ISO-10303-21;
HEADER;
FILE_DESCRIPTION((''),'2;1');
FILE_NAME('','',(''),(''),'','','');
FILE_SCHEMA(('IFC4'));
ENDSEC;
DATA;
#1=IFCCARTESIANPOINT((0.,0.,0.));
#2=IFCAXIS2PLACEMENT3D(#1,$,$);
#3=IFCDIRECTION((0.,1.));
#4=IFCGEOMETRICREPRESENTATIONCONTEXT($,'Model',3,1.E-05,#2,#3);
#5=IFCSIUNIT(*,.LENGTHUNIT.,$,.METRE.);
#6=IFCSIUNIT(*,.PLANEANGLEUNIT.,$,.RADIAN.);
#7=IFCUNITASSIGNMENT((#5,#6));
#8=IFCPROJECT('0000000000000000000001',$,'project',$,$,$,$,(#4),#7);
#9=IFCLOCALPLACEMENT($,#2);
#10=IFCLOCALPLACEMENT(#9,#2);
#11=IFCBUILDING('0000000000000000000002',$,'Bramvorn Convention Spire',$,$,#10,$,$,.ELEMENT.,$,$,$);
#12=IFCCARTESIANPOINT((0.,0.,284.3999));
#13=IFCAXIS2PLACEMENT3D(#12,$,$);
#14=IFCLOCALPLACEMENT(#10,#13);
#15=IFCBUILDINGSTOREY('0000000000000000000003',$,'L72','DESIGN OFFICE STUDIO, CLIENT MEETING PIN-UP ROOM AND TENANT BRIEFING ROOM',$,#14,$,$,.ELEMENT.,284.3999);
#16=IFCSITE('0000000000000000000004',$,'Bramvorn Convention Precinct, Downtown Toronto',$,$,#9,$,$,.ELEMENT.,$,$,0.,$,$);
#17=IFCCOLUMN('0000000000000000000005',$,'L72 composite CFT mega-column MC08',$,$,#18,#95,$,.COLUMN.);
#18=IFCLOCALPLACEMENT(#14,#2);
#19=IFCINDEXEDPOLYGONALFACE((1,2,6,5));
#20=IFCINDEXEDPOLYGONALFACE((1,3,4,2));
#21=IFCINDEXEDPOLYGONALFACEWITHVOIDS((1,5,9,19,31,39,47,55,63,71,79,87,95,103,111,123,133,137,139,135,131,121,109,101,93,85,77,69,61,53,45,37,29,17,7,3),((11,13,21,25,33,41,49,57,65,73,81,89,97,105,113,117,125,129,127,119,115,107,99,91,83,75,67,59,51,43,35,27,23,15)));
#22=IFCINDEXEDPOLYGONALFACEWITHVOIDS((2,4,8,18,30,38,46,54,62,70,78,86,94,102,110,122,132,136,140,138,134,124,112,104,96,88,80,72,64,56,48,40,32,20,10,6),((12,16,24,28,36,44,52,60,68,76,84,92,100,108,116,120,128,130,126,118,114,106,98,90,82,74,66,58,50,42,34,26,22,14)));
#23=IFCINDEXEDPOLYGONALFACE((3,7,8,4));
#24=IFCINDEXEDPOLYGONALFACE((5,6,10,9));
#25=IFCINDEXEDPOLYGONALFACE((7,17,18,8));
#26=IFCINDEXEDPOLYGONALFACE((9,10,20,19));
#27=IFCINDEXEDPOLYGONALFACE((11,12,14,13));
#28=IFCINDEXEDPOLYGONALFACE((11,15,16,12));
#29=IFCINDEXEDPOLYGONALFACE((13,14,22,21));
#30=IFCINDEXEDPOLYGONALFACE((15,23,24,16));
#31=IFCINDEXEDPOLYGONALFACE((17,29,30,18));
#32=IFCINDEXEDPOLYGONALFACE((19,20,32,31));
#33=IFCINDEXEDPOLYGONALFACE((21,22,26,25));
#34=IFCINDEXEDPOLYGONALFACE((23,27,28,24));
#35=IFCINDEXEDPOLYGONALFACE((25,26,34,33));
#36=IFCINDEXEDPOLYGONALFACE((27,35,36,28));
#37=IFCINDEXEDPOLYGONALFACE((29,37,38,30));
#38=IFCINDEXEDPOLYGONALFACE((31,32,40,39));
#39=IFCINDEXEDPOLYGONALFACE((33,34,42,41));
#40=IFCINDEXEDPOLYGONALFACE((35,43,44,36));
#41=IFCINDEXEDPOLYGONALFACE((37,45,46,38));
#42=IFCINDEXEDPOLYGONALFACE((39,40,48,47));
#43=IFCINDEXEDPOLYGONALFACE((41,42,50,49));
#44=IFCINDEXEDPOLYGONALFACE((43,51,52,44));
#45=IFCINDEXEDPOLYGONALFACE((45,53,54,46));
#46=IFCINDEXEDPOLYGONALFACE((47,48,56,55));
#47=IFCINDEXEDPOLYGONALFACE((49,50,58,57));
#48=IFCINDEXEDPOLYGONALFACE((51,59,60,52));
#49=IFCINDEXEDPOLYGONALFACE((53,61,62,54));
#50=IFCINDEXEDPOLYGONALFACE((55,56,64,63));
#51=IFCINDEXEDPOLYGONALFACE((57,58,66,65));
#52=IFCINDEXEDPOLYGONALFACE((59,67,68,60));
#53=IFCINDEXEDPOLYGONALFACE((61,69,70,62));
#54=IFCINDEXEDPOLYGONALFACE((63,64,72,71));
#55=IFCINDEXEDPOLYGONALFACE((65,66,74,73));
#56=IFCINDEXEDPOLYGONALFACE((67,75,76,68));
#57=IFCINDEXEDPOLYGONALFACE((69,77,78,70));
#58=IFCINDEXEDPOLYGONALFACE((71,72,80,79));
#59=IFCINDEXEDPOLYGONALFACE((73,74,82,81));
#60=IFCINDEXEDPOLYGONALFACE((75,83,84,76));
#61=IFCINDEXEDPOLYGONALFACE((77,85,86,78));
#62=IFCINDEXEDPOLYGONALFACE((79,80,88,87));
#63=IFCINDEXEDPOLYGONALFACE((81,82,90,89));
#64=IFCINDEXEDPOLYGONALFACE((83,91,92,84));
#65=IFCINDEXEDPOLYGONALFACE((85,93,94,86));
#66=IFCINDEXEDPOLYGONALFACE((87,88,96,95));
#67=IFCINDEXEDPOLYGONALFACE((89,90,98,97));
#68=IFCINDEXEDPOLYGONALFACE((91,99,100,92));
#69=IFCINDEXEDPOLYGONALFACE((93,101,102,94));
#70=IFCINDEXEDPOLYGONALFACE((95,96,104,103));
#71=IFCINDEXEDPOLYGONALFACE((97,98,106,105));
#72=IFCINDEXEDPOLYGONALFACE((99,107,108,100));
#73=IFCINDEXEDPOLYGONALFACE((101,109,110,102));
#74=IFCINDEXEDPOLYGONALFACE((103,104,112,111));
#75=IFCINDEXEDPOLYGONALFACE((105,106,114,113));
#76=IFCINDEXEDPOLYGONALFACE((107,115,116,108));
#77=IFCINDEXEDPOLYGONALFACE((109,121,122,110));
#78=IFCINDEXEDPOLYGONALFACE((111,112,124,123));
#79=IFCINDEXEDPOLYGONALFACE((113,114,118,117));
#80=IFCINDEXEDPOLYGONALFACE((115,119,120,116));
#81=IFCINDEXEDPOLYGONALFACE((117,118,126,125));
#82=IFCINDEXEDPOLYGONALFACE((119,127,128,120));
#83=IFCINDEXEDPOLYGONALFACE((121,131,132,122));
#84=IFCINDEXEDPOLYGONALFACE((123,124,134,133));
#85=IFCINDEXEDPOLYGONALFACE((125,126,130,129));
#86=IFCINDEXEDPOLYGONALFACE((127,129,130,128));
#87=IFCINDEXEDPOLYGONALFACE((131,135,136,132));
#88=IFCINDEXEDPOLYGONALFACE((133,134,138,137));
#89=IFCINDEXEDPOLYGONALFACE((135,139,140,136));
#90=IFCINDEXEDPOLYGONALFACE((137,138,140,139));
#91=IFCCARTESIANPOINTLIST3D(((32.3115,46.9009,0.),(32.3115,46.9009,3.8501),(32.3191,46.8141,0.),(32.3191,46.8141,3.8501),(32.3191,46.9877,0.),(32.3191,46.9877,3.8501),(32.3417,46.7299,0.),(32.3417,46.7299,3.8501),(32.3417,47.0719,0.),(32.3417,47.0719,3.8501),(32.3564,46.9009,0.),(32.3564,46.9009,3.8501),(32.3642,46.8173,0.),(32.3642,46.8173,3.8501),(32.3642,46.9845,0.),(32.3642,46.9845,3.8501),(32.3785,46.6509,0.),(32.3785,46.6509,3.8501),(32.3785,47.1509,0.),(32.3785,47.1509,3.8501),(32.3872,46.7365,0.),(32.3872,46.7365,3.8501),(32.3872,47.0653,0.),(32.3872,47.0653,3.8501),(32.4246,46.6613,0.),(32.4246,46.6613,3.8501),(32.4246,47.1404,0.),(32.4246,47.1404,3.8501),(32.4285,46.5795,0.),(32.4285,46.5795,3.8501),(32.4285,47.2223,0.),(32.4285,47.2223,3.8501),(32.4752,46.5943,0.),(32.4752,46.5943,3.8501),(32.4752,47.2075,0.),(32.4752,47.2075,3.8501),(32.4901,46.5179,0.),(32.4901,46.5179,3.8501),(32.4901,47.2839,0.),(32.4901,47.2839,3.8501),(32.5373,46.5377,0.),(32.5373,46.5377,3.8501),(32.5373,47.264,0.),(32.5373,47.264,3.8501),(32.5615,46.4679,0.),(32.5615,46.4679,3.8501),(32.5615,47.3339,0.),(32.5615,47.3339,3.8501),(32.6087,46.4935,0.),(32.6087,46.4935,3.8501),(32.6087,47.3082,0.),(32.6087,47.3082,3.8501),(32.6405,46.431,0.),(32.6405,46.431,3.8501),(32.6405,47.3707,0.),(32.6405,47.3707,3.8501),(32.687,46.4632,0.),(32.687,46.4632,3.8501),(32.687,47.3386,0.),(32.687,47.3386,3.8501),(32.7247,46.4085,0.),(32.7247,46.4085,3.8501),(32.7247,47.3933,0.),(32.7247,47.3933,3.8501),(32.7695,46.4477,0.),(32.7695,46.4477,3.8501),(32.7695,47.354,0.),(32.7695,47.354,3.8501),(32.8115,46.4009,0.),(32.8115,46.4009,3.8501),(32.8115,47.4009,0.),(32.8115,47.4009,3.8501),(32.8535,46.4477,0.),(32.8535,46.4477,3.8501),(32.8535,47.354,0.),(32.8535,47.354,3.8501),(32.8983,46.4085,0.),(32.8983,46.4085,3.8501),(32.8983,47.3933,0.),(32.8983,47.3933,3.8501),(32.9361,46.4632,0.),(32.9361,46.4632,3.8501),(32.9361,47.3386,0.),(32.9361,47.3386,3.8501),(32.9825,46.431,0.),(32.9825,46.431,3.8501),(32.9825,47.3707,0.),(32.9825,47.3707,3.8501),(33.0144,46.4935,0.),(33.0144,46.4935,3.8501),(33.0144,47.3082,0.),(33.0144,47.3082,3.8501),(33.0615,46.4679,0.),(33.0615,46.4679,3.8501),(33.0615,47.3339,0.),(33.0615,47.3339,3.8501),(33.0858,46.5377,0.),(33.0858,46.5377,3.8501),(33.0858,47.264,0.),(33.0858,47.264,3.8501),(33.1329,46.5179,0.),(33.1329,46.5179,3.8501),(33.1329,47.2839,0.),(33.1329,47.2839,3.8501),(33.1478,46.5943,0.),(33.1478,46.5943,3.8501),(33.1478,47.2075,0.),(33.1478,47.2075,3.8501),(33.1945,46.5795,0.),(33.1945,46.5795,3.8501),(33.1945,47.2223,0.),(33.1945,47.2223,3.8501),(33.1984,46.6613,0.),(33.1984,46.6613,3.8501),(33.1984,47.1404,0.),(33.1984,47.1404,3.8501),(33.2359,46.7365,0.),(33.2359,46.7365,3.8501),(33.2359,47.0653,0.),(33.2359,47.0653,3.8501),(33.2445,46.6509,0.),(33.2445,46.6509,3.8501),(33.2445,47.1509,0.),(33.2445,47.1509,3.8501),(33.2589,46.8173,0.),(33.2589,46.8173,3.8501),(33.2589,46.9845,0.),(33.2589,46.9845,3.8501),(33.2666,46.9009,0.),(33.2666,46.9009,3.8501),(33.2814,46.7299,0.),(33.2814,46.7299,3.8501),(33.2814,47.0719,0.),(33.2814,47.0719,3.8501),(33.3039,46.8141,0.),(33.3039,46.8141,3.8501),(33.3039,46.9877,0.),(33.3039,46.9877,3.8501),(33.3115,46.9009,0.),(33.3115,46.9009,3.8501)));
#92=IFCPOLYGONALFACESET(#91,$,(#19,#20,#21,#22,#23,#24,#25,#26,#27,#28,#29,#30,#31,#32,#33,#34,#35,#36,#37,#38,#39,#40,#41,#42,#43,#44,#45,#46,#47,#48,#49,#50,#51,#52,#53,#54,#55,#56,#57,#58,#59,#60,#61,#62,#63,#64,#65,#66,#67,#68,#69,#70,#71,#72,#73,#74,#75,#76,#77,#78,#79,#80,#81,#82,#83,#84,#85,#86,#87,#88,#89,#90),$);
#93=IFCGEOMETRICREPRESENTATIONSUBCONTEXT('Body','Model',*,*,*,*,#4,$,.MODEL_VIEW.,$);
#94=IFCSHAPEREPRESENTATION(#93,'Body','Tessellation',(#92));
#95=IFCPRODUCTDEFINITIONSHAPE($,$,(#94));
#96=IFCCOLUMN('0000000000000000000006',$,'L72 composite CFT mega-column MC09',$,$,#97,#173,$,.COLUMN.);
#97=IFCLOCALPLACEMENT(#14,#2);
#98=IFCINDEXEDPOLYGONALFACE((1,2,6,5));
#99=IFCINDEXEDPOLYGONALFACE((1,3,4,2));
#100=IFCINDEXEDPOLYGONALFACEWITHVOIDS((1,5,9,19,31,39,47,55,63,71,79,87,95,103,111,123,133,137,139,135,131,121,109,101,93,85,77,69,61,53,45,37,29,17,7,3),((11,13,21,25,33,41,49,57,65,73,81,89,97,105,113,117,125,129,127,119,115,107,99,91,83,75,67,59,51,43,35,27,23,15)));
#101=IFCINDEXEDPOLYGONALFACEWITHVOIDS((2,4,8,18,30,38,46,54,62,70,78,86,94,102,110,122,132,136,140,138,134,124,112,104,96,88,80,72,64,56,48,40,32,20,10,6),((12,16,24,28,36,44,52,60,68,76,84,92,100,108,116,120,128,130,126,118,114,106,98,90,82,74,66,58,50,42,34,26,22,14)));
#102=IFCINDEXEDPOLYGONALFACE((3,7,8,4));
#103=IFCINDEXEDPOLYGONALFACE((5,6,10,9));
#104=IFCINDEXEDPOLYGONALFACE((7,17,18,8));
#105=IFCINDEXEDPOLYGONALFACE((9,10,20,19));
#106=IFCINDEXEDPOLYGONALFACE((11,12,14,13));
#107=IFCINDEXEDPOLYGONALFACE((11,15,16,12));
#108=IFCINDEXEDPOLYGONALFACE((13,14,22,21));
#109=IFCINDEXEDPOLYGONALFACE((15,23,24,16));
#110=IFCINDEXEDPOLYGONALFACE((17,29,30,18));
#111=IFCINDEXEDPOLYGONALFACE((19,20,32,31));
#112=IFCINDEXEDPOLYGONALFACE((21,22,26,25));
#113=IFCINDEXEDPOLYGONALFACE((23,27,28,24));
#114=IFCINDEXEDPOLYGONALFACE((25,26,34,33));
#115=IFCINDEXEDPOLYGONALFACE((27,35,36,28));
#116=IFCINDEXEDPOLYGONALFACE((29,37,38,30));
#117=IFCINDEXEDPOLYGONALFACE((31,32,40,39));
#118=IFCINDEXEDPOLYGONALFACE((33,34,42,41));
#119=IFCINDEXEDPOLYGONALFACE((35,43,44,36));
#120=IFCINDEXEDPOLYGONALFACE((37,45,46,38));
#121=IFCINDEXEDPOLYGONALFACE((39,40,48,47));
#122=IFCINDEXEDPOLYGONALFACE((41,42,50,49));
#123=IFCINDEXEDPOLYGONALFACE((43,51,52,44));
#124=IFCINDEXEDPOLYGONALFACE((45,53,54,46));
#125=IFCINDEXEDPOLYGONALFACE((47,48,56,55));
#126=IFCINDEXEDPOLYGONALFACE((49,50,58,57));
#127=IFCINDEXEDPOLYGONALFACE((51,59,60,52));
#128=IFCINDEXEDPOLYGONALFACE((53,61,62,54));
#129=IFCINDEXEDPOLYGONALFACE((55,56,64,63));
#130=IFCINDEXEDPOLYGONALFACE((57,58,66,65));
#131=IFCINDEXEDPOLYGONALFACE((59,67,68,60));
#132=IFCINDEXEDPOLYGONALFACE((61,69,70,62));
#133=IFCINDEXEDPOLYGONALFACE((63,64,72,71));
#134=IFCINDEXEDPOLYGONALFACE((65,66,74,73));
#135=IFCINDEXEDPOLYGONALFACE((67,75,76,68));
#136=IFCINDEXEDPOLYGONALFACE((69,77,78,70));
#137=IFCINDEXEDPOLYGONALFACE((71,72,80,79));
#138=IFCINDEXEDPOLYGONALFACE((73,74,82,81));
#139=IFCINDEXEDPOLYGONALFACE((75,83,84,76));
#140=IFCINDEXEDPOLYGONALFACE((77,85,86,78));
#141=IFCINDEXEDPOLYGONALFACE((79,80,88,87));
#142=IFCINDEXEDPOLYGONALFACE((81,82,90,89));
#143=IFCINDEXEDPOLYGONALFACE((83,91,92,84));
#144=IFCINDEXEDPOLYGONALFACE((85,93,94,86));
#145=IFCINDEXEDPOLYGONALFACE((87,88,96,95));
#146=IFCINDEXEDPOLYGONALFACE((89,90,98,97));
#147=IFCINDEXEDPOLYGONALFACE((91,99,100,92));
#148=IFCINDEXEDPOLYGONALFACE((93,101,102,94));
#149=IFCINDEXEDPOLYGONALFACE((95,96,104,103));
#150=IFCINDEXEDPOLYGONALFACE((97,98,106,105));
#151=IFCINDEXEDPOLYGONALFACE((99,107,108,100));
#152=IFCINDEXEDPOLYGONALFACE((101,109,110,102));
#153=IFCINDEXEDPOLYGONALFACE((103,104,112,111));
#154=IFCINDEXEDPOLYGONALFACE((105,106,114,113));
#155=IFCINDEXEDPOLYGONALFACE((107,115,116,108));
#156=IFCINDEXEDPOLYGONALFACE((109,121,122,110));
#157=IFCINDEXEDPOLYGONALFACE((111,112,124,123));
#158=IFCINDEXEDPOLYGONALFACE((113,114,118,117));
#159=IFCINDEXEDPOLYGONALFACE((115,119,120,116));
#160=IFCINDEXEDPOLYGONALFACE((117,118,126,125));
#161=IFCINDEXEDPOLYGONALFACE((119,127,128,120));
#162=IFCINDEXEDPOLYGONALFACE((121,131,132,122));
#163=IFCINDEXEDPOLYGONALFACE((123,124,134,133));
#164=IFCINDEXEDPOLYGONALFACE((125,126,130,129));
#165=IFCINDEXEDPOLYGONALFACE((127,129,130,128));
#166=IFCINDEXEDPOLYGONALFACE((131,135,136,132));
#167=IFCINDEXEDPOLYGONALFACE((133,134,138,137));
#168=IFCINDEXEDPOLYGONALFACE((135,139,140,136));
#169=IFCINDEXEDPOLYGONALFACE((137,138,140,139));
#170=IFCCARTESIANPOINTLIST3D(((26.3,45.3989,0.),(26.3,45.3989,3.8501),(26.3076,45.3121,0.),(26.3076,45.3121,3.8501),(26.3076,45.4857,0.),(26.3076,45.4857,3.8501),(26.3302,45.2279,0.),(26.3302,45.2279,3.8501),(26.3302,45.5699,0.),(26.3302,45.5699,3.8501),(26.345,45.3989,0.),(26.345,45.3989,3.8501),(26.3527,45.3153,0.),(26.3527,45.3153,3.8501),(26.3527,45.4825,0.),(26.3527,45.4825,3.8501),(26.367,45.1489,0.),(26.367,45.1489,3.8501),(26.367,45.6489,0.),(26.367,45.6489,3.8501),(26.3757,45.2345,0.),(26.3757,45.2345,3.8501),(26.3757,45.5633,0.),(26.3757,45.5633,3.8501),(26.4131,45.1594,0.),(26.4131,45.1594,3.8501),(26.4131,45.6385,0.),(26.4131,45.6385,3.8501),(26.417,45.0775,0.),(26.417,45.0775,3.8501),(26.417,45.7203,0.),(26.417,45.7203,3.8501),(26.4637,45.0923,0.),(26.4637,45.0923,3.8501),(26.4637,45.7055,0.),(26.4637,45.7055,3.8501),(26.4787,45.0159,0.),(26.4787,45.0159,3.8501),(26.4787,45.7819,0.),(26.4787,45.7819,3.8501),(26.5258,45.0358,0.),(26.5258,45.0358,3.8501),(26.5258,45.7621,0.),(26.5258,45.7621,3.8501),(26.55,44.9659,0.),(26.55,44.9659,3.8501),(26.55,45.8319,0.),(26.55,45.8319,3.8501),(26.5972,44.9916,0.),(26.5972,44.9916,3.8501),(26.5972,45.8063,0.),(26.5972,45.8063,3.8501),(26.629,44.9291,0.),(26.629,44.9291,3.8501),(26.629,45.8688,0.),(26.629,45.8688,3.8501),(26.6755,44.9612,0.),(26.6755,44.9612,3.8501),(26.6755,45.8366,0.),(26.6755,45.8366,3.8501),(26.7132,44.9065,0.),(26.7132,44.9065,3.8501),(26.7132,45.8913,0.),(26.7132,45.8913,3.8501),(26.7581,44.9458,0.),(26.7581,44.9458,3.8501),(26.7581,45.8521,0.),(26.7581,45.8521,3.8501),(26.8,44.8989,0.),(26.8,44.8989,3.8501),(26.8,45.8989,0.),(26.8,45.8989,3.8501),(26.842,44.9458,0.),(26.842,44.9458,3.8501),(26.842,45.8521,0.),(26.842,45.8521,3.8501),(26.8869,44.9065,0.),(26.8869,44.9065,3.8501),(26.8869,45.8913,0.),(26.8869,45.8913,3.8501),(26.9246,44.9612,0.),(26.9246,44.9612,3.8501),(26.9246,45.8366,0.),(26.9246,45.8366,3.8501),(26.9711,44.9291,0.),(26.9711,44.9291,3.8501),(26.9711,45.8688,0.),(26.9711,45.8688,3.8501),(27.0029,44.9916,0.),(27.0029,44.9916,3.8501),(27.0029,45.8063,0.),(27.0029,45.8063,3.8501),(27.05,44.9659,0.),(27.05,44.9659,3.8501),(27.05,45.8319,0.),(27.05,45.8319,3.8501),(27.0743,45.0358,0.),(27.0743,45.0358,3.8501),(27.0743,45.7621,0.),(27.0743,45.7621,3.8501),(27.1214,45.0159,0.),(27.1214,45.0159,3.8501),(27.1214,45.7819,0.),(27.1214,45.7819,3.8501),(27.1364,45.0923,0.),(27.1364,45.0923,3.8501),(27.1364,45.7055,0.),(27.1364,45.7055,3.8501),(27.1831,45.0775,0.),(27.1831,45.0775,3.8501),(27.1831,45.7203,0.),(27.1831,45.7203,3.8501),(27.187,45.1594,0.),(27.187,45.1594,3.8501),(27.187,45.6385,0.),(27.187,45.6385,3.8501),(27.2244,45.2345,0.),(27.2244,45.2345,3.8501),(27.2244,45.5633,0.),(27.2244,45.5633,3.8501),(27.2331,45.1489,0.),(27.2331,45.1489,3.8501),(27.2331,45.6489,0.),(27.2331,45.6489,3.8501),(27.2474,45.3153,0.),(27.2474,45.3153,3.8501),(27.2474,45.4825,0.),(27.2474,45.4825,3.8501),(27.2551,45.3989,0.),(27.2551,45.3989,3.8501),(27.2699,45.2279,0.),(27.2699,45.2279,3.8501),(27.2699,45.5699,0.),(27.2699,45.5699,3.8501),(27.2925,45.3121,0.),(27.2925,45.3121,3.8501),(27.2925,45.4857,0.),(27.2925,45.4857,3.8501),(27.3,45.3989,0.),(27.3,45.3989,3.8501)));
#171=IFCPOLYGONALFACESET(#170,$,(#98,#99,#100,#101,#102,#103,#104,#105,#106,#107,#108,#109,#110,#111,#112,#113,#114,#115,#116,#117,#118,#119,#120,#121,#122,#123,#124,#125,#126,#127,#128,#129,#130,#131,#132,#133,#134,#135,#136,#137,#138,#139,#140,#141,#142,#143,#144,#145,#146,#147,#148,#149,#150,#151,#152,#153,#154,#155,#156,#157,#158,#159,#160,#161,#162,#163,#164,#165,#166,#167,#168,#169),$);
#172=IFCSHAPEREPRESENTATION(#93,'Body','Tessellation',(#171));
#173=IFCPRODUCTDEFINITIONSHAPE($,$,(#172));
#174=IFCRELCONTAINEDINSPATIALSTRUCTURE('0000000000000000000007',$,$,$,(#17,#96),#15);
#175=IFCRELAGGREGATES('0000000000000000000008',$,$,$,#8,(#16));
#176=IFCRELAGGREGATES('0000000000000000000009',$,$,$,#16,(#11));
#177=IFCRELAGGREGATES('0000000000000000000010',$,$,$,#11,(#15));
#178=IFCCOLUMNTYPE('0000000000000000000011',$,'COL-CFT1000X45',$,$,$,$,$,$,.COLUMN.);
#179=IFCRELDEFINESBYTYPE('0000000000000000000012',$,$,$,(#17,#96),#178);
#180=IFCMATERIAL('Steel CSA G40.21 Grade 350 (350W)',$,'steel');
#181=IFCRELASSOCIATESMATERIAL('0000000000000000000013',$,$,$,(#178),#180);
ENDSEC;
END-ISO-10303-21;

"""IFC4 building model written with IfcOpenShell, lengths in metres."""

from ifc_helpers import new_model, si_unit, direction, frame, origin, origin_2d, place, context, subcontext, project, spatial, hollow_circle, extrude, material, material_profile, profile_set, type_object, element, save


model = new_model("IFC4")

# Units and contexts
model_context = context("Model", 3, precision=1e-05, world=origin(), true_north=direction((0.0, 1.0)))
body_context = subcontext(model_context, "Body", "Model", "MODEL_VIEW")
ifc_project = project(units=[si_unit("LENGTHUNIT", "METRE"), si_unit("PLANEANGLEUNIT", "RADIAN")], contexts=[model_context])

# Site, building, storey
site_placement = place(None, origin())
site = spatial("IfcSite", under=ifc_project, at=site_placement, Name="Bramvorn Convention Precinct, Downtown Toronto", CompositionType="ELEMENT", RefElevation=0.0)
building_placement = place(site_placement, origin())
building = spatial("IfcBuilding", under=site, at=building_placement, Name="Bramvorn Convention Spire", CompositionType="ELEMENT")
storey_placement = place(building_placement, frame((0.0, 0.0, 284.3999)))
storey = spatial("IfcBuildingStorey", under=building, at=storey_placement, Name="L72", Description="DESIGN OFFICE STUDIO, CLIENT MEETING PIN-UP ROOM AND TENANT BRIEFING ROOM", CompositionType="ELEMENT", Elevation=284.3999)

# Columns
ifc_material_1 = material(Name="Steel CSA G40.21 Grade 350 (350W)", Category="steel")
ifc_material_profile_1 = material_profile(ifc_material_1, hollow_circle(Radius=0.5, WallThickness=0.0449, at=origin_2d()))
ifc_profile_set_1 = profile_set([ifc_material_profile_1], Name="Steel CSA G40.21 Grade 350 (350W) - CFT1000X45")
column_type = type_object("IfcColumnType", Name="COL-CFT1000X45", PredefinedType="COLUMN", material=ifc_profile_set_1)
for number, where, z_axis, x_axis, name in (
    (1, (32.8115, 46.9009, 0.0), (0.0, 0.0, 1.0), (1.0, 0.0, 0.0), "L72 composite CFT mega-column MC08"),
    (2, (26.8, 45.3989, 0.0), (0.0, 0.0, 1.0), (1.0, 0.0, 0.0), "L72 composite CFT mega-column MC09"),
):
    element("IfcColumn", number, at=place(storey_placement, frame(where, z_axis=z_axis, x_axis=x_axis)), inside=storey, type_object=column_type, Name=name, PredefinedType="COLUMN", context=body_context, shape_type="SweptSolid", body=[
        extrude(hollow_circle(Radius=0.5, WallThickness=0.0449, at=origin_2d()), origin(), (0.0, 0.0, 1.0), 3.8501),
    ])

save(model, "model.ifc")
